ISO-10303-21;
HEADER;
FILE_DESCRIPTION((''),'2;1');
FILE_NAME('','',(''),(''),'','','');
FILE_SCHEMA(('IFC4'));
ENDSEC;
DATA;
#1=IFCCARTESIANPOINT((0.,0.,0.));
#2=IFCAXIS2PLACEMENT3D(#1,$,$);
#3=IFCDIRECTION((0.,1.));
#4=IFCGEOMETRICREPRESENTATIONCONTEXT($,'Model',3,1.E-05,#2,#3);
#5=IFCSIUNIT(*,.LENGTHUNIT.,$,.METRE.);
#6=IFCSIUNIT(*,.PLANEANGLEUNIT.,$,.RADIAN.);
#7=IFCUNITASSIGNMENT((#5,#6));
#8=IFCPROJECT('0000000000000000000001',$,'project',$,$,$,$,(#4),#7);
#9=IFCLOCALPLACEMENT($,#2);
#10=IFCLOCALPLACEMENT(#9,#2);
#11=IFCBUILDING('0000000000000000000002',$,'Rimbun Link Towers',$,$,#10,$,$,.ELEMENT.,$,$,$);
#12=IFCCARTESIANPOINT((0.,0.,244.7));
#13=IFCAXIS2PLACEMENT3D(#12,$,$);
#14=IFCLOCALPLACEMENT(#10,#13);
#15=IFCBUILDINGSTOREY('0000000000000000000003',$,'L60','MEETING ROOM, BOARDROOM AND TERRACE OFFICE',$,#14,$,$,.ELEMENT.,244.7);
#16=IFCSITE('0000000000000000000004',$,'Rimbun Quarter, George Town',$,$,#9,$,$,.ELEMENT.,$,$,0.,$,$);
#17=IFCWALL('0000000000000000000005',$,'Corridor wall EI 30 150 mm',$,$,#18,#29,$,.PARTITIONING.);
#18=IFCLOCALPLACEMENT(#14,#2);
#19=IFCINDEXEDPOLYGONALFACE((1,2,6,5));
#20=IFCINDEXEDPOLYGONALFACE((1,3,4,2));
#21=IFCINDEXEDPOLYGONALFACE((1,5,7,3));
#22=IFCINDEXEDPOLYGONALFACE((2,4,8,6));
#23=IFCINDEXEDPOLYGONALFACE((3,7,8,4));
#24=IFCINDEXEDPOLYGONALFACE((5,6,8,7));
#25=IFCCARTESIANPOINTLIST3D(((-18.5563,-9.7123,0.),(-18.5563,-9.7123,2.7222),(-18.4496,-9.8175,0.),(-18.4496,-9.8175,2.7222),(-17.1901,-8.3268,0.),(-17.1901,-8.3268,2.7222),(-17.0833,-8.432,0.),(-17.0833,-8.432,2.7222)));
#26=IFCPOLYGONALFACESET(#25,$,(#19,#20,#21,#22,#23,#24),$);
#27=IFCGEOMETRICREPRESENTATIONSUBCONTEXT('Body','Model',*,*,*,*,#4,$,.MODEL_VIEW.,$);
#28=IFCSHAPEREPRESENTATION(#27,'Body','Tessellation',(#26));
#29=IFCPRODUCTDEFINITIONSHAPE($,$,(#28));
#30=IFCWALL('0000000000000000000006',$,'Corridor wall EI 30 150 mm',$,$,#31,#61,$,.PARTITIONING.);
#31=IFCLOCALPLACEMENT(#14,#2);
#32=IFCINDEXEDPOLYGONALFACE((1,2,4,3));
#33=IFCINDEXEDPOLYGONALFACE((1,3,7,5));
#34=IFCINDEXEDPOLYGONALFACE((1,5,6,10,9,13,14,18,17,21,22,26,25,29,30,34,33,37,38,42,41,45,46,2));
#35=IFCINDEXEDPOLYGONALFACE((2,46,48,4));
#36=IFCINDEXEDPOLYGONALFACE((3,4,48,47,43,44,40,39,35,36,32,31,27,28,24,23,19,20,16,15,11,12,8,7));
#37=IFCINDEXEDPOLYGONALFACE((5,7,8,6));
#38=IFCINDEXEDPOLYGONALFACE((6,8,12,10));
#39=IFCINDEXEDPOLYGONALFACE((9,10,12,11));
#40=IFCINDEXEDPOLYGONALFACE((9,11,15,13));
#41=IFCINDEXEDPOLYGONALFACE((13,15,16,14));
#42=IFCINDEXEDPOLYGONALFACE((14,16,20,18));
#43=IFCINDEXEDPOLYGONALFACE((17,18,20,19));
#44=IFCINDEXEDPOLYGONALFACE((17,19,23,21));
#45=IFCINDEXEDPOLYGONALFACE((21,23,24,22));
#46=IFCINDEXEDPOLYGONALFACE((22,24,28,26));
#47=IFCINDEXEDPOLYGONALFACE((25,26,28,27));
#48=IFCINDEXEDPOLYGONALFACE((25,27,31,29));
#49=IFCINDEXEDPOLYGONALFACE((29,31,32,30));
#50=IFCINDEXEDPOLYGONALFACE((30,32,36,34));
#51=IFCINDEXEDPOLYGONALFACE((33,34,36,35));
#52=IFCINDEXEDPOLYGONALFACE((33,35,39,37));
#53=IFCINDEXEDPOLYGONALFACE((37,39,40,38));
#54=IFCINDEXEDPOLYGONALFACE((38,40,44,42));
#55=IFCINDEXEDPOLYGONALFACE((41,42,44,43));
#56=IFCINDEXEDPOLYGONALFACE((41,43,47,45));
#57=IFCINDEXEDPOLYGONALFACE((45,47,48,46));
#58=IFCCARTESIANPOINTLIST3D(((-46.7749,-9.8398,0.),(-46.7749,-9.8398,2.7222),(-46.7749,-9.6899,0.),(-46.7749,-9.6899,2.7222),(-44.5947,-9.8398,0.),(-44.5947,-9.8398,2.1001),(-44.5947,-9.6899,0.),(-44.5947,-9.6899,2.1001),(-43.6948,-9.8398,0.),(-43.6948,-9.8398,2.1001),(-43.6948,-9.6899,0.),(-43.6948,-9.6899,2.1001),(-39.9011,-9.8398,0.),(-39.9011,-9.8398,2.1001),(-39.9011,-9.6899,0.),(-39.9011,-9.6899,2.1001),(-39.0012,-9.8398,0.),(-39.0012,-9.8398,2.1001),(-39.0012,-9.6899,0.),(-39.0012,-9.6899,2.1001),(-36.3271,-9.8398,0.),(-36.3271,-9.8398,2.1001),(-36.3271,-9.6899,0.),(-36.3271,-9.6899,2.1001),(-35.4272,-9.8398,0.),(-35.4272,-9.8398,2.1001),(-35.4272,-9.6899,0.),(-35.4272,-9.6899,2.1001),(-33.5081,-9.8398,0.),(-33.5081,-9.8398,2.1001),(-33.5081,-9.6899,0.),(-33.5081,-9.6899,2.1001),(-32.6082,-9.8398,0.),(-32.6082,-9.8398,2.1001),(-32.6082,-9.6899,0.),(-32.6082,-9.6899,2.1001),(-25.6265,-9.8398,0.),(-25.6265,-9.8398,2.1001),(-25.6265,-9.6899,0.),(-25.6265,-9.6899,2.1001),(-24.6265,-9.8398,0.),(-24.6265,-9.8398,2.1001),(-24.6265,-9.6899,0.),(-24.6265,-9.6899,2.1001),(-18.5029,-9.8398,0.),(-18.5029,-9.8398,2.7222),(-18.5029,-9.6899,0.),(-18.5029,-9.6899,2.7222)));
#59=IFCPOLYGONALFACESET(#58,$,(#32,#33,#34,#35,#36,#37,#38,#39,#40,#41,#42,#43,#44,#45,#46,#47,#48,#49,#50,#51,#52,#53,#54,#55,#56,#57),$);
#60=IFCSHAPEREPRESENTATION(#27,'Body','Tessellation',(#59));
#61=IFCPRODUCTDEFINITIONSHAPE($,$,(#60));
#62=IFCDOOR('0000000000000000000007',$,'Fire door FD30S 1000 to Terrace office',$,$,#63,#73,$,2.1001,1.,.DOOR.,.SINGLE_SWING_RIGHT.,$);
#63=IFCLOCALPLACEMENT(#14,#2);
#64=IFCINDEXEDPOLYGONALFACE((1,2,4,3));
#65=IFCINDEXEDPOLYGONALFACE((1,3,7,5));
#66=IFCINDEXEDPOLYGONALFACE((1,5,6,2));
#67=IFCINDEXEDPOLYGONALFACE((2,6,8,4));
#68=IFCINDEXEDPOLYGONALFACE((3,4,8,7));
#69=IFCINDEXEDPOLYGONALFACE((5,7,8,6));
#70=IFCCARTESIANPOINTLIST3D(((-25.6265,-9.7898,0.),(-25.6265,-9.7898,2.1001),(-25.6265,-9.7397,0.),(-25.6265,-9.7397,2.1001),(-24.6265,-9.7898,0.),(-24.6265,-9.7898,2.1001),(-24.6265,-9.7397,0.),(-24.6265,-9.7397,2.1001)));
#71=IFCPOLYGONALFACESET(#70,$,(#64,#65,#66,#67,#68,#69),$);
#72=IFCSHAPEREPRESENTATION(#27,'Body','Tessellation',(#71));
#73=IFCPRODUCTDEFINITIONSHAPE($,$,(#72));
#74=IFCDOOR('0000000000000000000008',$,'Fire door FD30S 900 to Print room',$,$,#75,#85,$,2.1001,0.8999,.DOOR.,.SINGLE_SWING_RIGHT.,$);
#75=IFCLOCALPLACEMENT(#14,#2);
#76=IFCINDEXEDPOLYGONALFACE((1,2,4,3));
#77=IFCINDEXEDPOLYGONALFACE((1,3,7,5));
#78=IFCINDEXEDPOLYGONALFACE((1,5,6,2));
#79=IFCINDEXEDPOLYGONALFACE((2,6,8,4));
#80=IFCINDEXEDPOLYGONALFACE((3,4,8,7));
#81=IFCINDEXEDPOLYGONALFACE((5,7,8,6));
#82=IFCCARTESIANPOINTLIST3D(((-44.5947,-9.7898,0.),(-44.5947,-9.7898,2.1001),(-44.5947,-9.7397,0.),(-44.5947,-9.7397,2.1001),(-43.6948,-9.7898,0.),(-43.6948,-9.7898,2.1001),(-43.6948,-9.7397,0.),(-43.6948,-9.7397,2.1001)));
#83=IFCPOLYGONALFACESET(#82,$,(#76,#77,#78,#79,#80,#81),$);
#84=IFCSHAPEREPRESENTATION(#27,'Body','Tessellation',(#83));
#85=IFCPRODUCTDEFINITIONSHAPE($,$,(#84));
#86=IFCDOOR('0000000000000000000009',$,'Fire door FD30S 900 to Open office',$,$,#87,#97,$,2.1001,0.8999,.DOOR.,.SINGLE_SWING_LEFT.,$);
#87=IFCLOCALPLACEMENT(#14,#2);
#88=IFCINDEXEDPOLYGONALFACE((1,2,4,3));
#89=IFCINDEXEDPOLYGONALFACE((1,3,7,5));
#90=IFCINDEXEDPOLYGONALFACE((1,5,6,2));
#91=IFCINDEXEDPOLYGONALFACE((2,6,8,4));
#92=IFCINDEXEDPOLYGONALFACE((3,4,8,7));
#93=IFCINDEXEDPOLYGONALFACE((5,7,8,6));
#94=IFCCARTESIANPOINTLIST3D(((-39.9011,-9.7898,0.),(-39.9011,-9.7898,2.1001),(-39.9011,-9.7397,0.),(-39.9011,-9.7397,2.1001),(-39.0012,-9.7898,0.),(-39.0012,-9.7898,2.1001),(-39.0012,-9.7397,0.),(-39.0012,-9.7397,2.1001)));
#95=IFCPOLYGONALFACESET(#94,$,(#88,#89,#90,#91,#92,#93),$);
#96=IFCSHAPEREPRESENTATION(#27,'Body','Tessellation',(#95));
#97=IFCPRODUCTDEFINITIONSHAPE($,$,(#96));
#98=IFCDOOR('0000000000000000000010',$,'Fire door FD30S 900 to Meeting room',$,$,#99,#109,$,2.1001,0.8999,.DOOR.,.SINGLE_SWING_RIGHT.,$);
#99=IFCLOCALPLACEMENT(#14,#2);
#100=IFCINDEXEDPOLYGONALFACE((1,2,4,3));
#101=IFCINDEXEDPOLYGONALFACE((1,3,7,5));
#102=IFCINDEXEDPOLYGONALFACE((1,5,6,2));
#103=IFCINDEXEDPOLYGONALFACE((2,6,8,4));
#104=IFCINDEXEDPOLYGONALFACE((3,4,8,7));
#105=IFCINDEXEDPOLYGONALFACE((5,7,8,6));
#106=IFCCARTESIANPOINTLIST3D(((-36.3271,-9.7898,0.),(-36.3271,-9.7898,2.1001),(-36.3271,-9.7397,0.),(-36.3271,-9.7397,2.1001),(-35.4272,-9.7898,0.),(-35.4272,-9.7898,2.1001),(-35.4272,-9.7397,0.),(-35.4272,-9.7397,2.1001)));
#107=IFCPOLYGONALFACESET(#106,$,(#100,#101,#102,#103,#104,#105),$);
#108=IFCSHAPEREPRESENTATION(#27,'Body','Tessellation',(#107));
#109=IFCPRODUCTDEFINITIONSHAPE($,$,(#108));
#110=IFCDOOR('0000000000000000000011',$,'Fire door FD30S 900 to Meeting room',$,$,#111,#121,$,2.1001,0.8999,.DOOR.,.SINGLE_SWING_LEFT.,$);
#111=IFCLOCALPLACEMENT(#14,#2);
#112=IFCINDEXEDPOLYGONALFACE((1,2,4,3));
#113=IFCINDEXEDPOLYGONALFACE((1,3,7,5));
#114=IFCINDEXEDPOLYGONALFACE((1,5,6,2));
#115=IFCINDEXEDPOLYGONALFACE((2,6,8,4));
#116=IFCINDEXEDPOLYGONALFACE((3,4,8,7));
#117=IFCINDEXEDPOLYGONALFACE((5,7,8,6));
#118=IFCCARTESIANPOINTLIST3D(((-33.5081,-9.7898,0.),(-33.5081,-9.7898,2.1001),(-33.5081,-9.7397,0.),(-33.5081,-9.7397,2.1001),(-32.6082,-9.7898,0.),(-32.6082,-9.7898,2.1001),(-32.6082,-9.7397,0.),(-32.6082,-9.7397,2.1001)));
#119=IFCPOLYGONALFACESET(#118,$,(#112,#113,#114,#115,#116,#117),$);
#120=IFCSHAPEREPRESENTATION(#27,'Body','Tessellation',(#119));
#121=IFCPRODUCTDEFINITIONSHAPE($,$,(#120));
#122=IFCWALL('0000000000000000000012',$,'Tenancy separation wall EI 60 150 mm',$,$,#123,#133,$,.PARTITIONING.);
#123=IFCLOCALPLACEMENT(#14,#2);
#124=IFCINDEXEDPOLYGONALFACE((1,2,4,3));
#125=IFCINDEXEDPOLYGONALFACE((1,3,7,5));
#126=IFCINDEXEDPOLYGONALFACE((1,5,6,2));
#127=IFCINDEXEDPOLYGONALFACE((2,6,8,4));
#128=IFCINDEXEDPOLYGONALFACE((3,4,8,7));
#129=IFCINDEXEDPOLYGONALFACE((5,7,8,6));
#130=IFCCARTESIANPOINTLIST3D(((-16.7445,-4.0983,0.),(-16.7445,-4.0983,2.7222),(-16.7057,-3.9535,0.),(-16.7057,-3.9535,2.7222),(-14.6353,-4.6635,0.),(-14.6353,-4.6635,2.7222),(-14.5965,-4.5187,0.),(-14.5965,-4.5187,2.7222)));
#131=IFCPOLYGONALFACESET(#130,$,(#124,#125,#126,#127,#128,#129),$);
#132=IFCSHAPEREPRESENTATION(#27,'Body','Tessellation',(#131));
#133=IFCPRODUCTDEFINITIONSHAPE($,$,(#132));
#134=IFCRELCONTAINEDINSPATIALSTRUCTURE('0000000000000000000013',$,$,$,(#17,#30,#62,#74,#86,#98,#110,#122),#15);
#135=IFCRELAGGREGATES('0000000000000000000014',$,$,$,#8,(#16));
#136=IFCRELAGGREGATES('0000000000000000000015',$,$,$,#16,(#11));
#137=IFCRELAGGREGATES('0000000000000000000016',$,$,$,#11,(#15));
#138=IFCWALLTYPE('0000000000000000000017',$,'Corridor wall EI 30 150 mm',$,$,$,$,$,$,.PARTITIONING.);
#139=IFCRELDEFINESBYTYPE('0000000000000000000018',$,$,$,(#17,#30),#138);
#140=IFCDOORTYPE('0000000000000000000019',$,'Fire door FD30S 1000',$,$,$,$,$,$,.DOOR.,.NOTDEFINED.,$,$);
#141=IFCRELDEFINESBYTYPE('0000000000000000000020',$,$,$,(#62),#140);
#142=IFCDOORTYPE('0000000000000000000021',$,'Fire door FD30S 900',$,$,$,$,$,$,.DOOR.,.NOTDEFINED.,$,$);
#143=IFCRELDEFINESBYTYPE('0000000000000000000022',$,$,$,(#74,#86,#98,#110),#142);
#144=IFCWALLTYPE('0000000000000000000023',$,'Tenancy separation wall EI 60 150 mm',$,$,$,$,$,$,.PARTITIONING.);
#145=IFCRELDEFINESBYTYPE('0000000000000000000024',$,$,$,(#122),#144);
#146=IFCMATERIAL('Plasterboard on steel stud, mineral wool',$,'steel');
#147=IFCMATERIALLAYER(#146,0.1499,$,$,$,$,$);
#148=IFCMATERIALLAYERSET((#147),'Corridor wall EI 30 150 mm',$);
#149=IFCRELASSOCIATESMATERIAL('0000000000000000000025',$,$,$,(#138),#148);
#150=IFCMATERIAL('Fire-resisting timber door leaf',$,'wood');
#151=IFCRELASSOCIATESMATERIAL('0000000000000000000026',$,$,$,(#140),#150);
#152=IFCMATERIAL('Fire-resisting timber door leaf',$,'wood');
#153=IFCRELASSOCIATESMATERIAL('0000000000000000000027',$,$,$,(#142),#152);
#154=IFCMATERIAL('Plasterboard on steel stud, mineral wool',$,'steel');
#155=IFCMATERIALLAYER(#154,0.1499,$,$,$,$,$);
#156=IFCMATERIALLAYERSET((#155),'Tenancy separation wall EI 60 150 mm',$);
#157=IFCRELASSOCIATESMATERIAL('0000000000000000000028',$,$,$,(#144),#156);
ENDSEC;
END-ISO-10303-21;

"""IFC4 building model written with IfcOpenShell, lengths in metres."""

from ifc_helpers import new_model, si_unit, direction, frame, frame_2d, origin, place, context, subcontext, project, spatial, rectangle, extrude, material, layer, layer_set, type_object, element, fill, save


model = new_model("IFC4")

# Units and contexts
model_context = context("Model", 3, precision=1e-05, world=origin(), true_north=direction((0.0, 1.0)))
body_context = subcontext(model_context, "Body", "Model", "MODEL_VIEW")
ifc_project = project(units=[si_unit("LENGTHUNIT", "METRE"), si_unit("PLANEANGLEUNIT", "RADIAN")], contexts=[model_context])

# Site, building, storey
site_placement = place(None, origin())
site = spatial("IfcSite", under=ifc_project, at=site_placement, Name="Rimbun Quarter, George Town", CompositionType="ELEMENT", RefElevation=0.0)
building_placement = place(site_placement, origin())
building = spatial("IfcBuilding", under=site, at=building_placement, Name="Rimbun Link Towers", CompositionType="ELEMENT")
storey_placement = place(building_placement, frame((0.0, 0.0, 244.7)))
storey = spatial("IfcBuildingStorey", under=building, at=storey_placement, Name="L60", Description="MEETING ROOM, BOARDROOM AND TERRACE OFFICE", CompositionType="ELEMENT", Elevation=244.7)

# Wall
ifc_material_1 = material(Name="Plasterboard on steel stud, mineral wool", Category="steel")
ifc_layer_1 = layer(ifc_material_1, 0.1499)
ifc_layer_set_1 = layer_set([ifc_layer_1], Name="Corridor wall EI 30 150 mm")
wall_type_1 = type_object("IfcWallType", Name="Corridor wall EI 30 150 mm", PredefinedType="PARTITIONING", material=ifc_layer_set_1)
wall_1_placement = place(storey_placement, frame((-18.5029, -9.7649, 0.0), z_axis=(0.0, 0.0, 1.0), x_axis=(0.702133, 0.712046, 0.0)))
element("IfcWall", 1, at=wall_1_placement, inside=storey, type_object=wall_type_1, Name="Corridor wall EI 30 150 mm", PredefinedType="PARTITIONING", context=body_context, shape_type="SweptSolid", body=[
    extrude(rectangle(XDim=1.9458, YDim=0.1499, at=frame_2d((0.9729, 0.0))), origin(), (0.0, 0.0, 1.0), 2.7222),
])

# Wall, openings, doors
wall_2_placement = place(storey_placement, frame((-18.5029, -9.7649, 0.0), z_axis=(0.0, 0.0, 1.0), x_axis=(-1.0, 0.0, 0.0)))
wall_2 = element("IfcWall", 2, at=wall_2_placement, inside=storey, type_object=wall_type_1, Name="Corridor wall EI 30 150 mm", PredefinedType="PARTITIONING", context=body_context, shape_type="SweptSolid", body=[
    extrude(rectangle(XDim=28.272, YDim=0.1499, at=frame_2d((14.136, 0.0))), origin(), (0.0, 0.0, 1.0), 2.7222),
])
opening_1_placement = place(wall_2_placement, frame((25.1919, 0.0, 0.0)))
opening_1 = element("IfcOpeningElement", 3, at=opening_1_placement, cuts=wall_2, PredefinedType="OPENING", context=body_context, shape_type="SweptSolid", body=[
    extrude(rectangle(XDim=0.8999, YDim=2.1001, at=frame_2d((0.45, 1.05))), frame((0.0, 0.085, 0.0), z_axis=(0.0, -1.0, 0.0), x_axis=(1.0, 0.0, 0.0)), (0.0, 0.0, 1.0), 0.1699),
])
opening_2_placement = place(wall_2_placement, frame((20.4983, 0.0, 0.0)))
opening_2 = element("IfcOpeningElement", 4, at=opening_2_placement, cuts=wall_2, PredefinedType="OPENING", context=body_context, shape_type="SweptSolid", body=[
    extrude(rectangle(XDim=0.8999, YDim=2.1001, at=frame_2d((0.45, 1.05))), frame((0.0, 0.085, 0.0), z_axis=(0.0, -1.0, 0.0), x_axis=(1.0, 0.0, 0.0)), (0.0, 0.0, 1.0), 0.1699),
])
opening_3_placement = place(wall_2_placement, frame((16.9243, 0.0, 0.0)))
opening_3 = element("IfcOpeningElement", 5, at=opening_3_placement, cuts=wall_2, PredefinedType="OPENING", context=body_context, shape_type="SweptSolid", body=[
    extrude(rectangle(XDim=0.8999, YDim=2.1001, at=frame_2d((0.45, 1.05))), frame((0.0, 0.085, 0.0), z_axis=(0.0, -1.0, 0.0), x_axis=(1.0, 0.0, 0.0)), (0.0, 0.0, 1.0), 0.1699),
])
opening_4_placement = place(wall_2_placement, frame((14.1052, 0.0, 0.0)))
opening_4 = element("IfcOpeningElement", 6, at=opening_4_placement, cuts=wall_2, PredefinedType="OPENING", context=body_context, shape_type="SweptSolid", body=[
    extrude(rectangle(XDim=0.8999, YDim=2.1001, at=frame_2d((0.45, 1.05))), frame((0.0, 0.085, 0.0), z_axis=(0.0, -1.0, 0.0), x_axis=(1.0, 0.0, 0.0)), (0.0, 0.0, 1.0), 0.1699),
])
opening_5_placement = place(wall_2_placement, frame((6.1235, 0.0, 0.0)))
opening_5 = element("IfcOpeningElement", 7, at=opening_5_placement, cuts=wall_2, PredefinedType="OPENING", context=body_context, shape_type="SweptSolid", body=[
    extrude(rectangle(XDim=1.0, YDim=2.1001, at=frame_2d((0.5, 1.05))), frame((0.0, 0.085, 0.0), z_axis=(0.0, -1.0, 0.0), x_axis=(1.0, 0.0, 0.0)), (0.0, 0.0, 1.0), 0.1699),
])
ifc_material_2 = material(Name="Fire-resisting timber door leaf", Category="wood")
door_type_1 = type_object("IfcDoorType", Name="Fire door FD30S 1000", OperationType="NOTDEFINED", PredefinedType="DOOR", material=ifc_material_2)
door_1_placement = place(opening_5_placement, origin())
door_1 = element("IfcDoor", 8, at=door_1_placement, inside=storey, type_object=door_type_1, Name="Fire door FD30S 1000 to Terrace office", OperationType="SINGLE_SWING_RIGHT", OverallHeight=2.1001, OverallWidth=1.0, PredefinedType="DOOR", context=body_context, shape_type="SweptSolid", body=[
    extrude(rectangle(XDim=1.0, YDim=2.1001, at=frame_2d((0.5, 1.05))), frame((0.0, 0.0249, 0.0), z_axis=(0.0, -1.0, 0.0), x_axis=(1.0, 0.0, 0.0)), (0.0, 0.0, 1.0), 0.05),
])
fill(opening_5, door_1)
ifc_material_3 = material(Name="Fire-resisting timber door leaf", Category="wood")
door_type_2 = type_object("IfcDoorType", Name="Fire door FD30S 900", OperationType="NOTDEFINED", PredefinedType="DOOR", material=ifc_material_3)
door_2_placement = place(opening_1_placement, origin())
door_2 = element("IfcDoor", 9, at=door_2_placement, inside=storey, type_object=door_type_2, Name="Fire door FD30S 900 to Print room", OperationType="SINGLE_SWING_RIGHT", OverallHeight=2.1001, OverallWidth=0.8999, PredefinedType="DOOR", context=body_context, shape_type="SweptSolid", body=[
    extrude(rectangle(XDim=0.8999, YDim=2.1001, at=frame_2d((0.45, 1.05))), frame((0.0, 0.0249, 0.0), z_axis=(0.0, -1.0, 0.0), x_axis=(1.0, 0.0, 0.0)), (0.0, 0.0, 1.0), 0.05),
])
fill(opening_1, door_2)
door_3_placement = place(opening_2_placement, origin())
door_3 = element("IfcDoor", 10, at=door_3_placement, inside=storey, type_object=door_type_2, Name="Fire door FD30S 900 to Open office", OperationType="SINGLE_SWING_LEFT", OverallHeight=2.1001, OverallWidth=0.8999, PredefinedType="DOOR", context=body_context, shape_type="SweptSolid", body=[
    extrude(rectangle(XDim=0.8999, YDim=2.1001, at=frame_2d((0.45, 1.05))), frame((0.0, 0.0249, 0.0), z_axis=(0.0, -1.0, 0.0), x_axis=(1.0, 0.0, 0.0)), (0.0, 0.0, 1.0), 0.05),
])
fill(opening_2, door_3)
door_4_placement = place(opening_3_placement, origin())
door_4 = element("IfcDoor", 11, at=door_4_placement, inside=storey, type_object=door_type_2, Name="Fire door FD30S 900 to Meeting room", OperationType="SINGLE_SWING_RIGHT", OverallHeight=2.1001, OverallWidth=0.8999, PredefinedType="DOOR", context=body_context, shape_type="SweptSolid", body=[
    extrude(rectangle(XDim=0.8999, YDim=2.1001, at=frame_2d((0.45, 1.05))), frame((0.0, 0.0249, 0.0), z_axis=(0.0, -1.0, 0.0), x_axis=(1.0, 0.0, 0.0)), (0.0, 0.0, 1.0), 0.05),
])
fill(opening_3, door_4)
door_5_placement = place(opening_4_placement, origin())
door_5 = element("IfcDoor", 12, at=door_5_placement, inside=storey, type_object=door_type_2, Name="Fire door FD30S 900 to Meeting room", OperationType="SINGLE_SWING_LEFT", OverallHeight=2.1001, OverallWidth=0.8999, PredefinedType="DOOR", context=body_context, shape_type="SweptSolid", body=[
    extrude(rectangle(XDim=0.8999, YDim=2.1001, at=frame_2d((0.45, 1.05))), frame((0.0, 0.0249, 0.0), z_axis=(0.0, -1.0, 0.0), x_axis=(1.0, 0.0, 0.0)), (0.0, 0.0, 1.0), 0.05),
])
fill(opening_4, door_5)

# Wall
ifc_material_4 = material(Name="Plasterboard on steel stud, mineral wool", Category="steel")
ifc_layer_2 = layer(ifc_material_4, 0.1499)
ifc_layer_set_2 = layer_set([ifc_layer_2], Name="Tenancy separation wall EI 60 150 mm")
wall_type_2 = type_object("IfcWallType", Name="Tenancy separation wall EI 60 150 mm", PredefinedType="PARTITIONING", material=ifc_layer_set_2)
wall_3_placement = place(storey_placement, frame((-16.7251, -4.0259, 0.0), z_axis=(0.0, 0.0, 1.0), x_axis=(0.965921, -0.258839, 0.0)))
element("IfcWall", 13, at=wall_3_placement, inside=storey, type_object=wall_type_2, Name="Tenancy separation wall EI 60 150 mm", PredefinedType="PARTITIONING", context=body_context, shape_type="SweptSolid", body=[
    extrude(rectangle(XDim=2.1836, YDim=0.1499, at=frame_2d((1.0918, 0.0))), origin(), (0.0, 0.0, 1.0), 2.7222),
])

save(model, "model.ifc")
